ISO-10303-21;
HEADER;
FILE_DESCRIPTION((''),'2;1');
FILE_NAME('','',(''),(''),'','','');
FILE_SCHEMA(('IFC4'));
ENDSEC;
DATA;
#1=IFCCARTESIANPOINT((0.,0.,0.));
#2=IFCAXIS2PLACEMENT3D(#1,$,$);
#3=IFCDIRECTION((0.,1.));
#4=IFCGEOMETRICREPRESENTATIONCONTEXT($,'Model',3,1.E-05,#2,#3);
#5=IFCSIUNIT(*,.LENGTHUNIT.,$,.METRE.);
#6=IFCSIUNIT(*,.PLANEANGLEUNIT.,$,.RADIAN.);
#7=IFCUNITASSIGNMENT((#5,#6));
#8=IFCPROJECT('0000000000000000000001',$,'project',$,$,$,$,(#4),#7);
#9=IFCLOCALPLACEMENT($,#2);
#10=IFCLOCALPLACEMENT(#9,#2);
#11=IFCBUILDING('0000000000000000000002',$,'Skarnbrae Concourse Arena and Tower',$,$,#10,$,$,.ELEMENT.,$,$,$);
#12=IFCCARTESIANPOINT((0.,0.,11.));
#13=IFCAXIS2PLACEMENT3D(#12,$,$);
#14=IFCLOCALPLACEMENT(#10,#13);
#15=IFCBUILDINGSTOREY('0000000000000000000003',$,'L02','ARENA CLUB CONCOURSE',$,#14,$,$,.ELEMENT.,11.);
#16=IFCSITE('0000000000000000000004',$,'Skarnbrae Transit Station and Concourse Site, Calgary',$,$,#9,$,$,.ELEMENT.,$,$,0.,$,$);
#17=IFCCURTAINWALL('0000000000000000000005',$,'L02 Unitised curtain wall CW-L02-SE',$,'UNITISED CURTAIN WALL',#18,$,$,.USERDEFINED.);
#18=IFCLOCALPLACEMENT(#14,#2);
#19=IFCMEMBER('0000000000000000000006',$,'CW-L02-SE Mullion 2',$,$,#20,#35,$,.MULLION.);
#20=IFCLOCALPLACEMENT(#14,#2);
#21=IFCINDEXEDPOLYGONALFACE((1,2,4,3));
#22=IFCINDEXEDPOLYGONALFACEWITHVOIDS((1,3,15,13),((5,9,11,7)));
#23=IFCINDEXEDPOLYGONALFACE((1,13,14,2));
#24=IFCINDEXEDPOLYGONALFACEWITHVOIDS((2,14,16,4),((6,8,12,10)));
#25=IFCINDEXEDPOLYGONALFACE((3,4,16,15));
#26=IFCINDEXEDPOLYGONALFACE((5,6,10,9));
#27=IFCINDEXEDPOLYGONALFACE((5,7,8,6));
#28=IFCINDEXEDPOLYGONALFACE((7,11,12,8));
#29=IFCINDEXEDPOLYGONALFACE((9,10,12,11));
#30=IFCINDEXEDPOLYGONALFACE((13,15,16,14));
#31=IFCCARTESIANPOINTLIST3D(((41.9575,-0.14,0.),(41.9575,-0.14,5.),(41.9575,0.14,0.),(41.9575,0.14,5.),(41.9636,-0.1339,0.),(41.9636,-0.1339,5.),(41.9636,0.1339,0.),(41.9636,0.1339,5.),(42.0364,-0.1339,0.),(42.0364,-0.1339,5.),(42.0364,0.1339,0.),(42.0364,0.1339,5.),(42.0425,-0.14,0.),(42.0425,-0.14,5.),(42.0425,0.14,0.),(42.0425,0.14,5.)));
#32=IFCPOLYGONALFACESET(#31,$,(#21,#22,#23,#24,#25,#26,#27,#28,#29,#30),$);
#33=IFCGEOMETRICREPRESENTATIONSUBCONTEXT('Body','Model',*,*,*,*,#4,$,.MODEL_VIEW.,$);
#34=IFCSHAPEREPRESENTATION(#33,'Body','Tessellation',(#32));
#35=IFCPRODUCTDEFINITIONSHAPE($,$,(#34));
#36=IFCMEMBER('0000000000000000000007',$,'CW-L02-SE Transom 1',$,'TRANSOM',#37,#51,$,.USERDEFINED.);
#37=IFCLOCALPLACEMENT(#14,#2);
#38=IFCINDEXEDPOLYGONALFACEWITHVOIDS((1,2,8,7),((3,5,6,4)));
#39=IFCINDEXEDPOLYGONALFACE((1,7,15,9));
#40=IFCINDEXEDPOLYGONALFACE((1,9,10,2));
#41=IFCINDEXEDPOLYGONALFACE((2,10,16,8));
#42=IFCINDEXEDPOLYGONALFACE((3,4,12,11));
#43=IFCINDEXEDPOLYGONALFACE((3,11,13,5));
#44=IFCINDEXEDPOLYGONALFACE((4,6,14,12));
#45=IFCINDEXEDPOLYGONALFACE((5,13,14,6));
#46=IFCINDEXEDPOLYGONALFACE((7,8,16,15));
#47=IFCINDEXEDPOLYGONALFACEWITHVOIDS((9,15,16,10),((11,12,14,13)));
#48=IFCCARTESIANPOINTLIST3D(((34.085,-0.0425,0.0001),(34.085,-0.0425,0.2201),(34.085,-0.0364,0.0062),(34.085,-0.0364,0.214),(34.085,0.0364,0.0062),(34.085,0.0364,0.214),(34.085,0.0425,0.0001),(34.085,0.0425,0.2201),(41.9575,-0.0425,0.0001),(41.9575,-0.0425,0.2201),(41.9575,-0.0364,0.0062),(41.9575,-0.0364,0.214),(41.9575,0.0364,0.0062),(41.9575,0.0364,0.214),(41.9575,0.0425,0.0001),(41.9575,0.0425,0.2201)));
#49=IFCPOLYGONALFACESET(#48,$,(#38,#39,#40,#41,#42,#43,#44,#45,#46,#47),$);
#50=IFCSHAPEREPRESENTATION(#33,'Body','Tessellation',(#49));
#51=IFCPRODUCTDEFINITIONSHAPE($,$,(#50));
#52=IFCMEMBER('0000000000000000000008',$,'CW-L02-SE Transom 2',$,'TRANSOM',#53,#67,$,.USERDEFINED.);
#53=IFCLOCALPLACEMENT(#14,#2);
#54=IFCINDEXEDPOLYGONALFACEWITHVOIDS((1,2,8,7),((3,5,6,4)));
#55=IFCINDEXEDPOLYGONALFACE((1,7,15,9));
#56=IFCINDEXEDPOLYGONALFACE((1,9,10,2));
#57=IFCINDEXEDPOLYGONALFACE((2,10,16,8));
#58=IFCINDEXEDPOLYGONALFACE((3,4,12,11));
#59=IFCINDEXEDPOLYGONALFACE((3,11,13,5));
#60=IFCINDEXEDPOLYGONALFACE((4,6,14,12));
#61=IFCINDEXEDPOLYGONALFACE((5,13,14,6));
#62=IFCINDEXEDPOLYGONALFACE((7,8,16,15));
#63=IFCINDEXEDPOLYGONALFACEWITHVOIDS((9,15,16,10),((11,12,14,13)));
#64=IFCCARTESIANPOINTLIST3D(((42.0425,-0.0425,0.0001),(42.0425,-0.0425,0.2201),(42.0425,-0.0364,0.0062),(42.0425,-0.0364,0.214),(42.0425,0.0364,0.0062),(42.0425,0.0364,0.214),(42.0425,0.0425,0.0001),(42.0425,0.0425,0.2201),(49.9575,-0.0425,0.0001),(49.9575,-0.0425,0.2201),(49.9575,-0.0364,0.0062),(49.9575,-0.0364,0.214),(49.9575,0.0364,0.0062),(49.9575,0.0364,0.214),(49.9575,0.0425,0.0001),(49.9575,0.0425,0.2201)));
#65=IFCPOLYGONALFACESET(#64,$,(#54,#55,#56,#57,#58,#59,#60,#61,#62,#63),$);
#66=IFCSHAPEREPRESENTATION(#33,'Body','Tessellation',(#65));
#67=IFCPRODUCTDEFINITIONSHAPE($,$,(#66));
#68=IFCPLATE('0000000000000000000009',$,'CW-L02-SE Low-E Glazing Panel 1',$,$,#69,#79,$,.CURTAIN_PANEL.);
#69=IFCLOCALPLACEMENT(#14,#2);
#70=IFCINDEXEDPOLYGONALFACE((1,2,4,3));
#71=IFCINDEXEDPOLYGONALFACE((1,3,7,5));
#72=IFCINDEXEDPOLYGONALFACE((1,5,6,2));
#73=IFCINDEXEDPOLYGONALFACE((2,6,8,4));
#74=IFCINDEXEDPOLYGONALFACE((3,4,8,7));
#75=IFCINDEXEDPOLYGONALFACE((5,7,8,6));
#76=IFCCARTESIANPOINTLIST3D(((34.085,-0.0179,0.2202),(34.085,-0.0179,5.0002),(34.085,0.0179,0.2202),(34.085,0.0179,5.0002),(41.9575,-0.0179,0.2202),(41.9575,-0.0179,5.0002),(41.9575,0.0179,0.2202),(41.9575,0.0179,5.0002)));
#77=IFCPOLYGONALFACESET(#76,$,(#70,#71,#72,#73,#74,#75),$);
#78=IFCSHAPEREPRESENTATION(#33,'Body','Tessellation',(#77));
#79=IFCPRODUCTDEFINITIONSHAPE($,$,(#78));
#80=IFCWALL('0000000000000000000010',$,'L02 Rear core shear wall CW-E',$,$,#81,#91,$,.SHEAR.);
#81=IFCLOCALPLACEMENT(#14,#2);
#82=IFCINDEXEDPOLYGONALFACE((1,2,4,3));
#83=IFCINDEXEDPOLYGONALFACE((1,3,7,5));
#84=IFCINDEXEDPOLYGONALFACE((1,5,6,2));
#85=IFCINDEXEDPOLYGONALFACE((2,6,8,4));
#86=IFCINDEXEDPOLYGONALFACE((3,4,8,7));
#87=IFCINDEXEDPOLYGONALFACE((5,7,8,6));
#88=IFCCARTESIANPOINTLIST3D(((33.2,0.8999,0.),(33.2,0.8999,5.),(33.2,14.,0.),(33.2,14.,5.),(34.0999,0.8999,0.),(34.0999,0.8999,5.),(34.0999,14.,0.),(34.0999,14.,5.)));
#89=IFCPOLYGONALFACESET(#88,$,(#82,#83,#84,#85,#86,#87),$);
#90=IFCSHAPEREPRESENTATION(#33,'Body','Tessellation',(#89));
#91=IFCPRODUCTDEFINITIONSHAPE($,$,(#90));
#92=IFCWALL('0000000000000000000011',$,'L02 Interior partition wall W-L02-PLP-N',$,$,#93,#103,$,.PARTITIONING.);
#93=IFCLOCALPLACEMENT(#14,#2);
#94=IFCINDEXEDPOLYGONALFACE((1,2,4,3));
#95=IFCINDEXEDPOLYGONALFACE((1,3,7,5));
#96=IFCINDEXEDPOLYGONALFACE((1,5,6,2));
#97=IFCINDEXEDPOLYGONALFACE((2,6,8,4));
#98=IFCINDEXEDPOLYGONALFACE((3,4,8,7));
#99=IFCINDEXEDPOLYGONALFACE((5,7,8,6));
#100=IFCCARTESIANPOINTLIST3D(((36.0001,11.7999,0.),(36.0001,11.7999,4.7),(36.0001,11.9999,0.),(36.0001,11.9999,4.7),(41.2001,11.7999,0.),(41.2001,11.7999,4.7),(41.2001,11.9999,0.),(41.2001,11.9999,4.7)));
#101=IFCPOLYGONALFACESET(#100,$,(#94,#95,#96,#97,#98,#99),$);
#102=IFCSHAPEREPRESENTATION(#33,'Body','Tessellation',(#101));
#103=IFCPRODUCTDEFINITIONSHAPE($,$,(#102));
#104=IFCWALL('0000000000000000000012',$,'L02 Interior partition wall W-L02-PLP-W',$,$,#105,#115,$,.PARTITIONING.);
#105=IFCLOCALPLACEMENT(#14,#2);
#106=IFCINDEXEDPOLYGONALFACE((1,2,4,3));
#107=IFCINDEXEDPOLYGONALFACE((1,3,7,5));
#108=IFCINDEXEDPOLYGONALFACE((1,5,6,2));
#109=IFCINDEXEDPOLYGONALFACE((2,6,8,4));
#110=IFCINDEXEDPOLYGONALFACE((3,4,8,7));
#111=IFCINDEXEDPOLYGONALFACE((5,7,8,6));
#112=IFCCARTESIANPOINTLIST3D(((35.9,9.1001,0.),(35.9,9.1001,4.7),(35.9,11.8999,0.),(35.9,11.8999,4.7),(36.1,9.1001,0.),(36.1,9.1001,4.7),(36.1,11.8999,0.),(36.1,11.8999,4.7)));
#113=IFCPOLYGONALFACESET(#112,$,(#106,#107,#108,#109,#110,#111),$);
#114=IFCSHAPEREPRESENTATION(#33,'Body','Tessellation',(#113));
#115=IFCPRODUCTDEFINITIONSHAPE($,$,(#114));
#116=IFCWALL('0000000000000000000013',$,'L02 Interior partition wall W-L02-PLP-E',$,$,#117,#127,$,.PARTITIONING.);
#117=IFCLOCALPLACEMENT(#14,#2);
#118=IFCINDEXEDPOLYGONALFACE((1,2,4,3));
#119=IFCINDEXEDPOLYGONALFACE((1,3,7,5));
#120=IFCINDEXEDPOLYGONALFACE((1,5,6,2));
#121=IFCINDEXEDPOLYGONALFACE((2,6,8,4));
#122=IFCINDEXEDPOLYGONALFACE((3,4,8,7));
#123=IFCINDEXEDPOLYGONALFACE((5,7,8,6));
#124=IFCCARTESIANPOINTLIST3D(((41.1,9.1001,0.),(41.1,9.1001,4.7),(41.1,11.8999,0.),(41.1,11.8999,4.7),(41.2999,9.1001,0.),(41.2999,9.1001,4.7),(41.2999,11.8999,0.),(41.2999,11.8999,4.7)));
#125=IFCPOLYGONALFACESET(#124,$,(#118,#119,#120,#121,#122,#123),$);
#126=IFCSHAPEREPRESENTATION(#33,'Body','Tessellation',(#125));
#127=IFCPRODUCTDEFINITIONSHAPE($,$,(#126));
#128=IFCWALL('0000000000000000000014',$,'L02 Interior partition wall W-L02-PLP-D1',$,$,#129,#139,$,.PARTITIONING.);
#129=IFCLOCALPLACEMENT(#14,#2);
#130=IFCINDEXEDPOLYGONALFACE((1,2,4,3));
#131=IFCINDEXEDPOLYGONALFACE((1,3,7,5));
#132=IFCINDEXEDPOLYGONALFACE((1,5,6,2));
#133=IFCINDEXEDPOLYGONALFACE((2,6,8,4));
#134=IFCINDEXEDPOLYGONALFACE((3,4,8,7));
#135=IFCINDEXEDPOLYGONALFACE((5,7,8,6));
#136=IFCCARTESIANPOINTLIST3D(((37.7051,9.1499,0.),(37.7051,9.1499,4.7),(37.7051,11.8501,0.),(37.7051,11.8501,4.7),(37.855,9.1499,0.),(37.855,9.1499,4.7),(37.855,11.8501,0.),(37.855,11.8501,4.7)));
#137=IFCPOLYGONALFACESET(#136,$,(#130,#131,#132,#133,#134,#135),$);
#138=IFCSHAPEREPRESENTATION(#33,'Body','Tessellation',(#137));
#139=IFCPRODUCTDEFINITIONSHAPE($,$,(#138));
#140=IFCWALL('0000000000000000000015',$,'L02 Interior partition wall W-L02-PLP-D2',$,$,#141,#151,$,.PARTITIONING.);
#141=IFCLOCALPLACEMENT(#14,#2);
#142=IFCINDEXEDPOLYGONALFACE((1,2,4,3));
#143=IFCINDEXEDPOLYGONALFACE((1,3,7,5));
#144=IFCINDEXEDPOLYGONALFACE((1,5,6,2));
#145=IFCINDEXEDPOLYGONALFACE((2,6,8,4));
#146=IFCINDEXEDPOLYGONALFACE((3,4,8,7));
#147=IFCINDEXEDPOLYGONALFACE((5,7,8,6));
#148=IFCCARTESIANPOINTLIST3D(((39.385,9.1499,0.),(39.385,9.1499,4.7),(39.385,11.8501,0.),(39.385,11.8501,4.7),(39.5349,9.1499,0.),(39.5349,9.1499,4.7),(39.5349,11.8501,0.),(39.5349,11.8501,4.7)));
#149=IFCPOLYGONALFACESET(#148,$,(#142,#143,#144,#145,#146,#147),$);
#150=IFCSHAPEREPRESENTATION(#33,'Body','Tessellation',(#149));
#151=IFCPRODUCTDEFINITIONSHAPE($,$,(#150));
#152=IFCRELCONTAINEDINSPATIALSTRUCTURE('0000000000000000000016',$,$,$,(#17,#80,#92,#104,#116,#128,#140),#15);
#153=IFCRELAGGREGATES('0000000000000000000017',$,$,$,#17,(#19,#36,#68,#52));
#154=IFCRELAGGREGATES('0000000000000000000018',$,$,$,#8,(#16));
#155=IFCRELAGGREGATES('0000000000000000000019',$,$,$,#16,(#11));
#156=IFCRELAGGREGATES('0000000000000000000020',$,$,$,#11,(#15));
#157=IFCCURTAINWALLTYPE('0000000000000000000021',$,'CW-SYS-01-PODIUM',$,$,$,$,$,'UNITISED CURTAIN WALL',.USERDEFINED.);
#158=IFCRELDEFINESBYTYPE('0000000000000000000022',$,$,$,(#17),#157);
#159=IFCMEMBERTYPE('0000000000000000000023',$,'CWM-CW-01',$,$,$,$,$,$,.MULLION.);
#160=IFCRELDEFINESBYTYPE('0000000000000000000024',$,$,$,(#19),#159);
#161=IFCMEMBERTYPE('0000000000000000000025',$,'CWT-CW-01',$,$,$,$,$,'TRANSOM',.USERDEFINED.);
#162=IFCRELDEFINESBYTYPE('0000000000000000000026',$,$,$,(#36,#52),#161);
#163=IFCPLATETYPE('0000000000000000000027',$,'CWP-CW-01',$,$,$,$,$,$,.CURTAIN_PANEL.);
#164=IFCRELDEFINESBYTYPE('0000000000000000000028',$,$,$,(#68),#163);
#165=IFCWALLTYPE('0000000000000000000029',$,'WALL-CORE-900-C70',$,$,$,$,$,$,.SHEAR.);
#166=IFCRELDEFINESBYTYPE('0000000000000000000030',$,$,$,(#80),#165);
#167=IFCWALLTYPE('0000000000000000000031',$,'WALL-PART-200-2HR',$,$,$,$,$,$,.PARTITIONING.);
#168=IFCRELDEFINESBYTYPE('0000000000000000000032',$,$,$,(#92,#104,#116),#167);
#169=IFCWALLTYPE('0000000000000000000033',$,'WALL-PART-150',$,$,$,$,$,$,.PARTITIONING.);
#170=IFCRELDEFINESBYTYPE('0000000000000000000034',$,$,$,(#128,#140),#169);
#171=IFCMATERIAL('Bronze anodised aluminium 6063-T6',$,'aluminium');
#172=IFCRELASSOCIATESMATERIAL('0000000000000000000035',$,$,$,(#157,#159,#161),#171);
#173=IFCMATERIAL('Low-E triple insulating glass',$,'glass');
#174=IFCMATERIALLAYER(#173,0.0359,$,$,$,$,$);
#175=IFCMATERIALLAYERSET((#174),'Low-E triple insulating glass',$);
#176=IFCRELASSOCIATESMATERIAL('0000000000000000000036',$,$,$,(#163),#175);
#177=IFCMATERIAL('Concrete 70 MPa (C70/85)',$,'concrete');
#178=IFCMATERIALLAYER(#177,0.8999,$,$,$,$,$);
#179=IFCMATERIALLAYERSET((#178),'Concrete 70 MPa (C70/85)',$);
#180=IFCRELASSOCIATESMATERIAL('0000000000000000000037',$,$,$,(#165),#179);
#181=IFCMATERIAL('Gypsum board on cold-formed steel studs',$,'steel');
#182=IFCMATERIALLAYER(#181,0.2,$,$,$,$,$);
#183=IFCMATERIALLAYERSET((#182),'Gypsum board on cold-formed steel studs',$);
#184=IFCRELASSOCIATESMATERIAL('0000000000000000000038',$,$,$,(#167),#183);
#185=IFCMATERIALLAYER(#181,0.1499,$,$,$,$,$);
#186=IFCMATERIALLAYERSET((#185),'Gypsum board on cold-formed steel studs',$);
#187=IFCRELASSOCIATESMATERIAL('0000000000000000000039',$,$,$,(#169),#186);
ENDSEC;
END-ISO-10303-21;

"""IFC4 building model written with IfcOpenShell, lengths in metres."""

from ifc_helpers import new_model, si_unit, direction, frame, frame_2d, origin, origin_2d, place, context, subcontext, project, spatial, rectangle, hollow_rectangle, extrude, source, transform, mapped, material, layer, layer_set, material_profile, profile_set, type_object, element, aggregate, save


model = new_model("IFC4")

# Units and contexts
model_context = context("Model", 3, precision=1e-05, world=origin(), true_north=direction((0.0, 1.0)))
body_context = subcontext(model_context, "Body", "Model", "MODEL_VIEW")
ifc_project = project(units=[si_unit("LENGTHUNIT", "METRE"), si_unit("PLANEANGLEUNIT", "RADIAN")], contexts=[model_context])

# Site, building, storey
site_placement = place(None, origin())
site = spatial("IfcSite", under=ifc_project, at=site_placement, Name="Skarnbrae Transit Station and Concourse Site, Calgary", CompositionType="ELEMENT", RefElevation=0.0)
building_placement = place(site_placement, origin())
building = spatial("IfcBuilding", under=site, at=building_placement, Name="Skarnbrae Concourse Arena and Tower", CompositionType="ELEMENT")
storey_placement = place(building_placement, frame((0.0, 0.0, 11.0)))
storey = spatial("IfcBuildingStorey", under=building, at=storey_placement, Name="L02", Description="ARENA CLUB CONCOURSE", CompositionType="ELEMENT", Elevation=11.0)

# Curtain wall, members, plate
ifc_material_1 = material(Name="Bronze anodised aluminium 6063-T6", Category="aluminium")
curtain_wall_type = type_object("IfcCurtainWallType", Name="CW-SYS-01-PODIUM", ElementType="UNITISED CURTAIN WALL", PredefinedType="USERDEFINED", material=ifc_material_1)
curtain_wall_placement = place(storey_placement, origin())
curtain_wall = element("IfcCurtainWall", 1, at=curtain_wall_placement, inside=storey, type_object=curtain_wall_type, Name="L02 Unitised curtain wall CW-L02-SE", ObjectType="UNITISED CURTAIN WALL", PredefinedType="USERDEFINED")
ifc_material_profile_1 = material_profile(ifc_material_1, hollow_rectangle(XDim=0.085, YDim=0.28, WallThickness=0.0061, at=origin_2d()), Name="ALU-MULL-85X280")
ifc_profile_set_1 = profile_set([ifc_material_profile_1], Name="Bronze anodised aluminium 6063-T6")
member_type_1 = type_object("IfcMemberType", Name="CWM-CW-01", PredefinedType="MULLION", material=ifc_profile_set_1)
shared_shape_1 = source(origin(), body_context, "Body", "SweptSolid", [
    extrude(hollow_rectangle(XDim=0.085, YDim=0.28, WallThickness=0.0061, at=origin_2d()), origin(), (0.0, 0.0, 1.0), 5.0),
])
member_1_placement = place(storey_placement, frame((42.0, 0.0, 0.0), z_axis=(0.0, 0.0, 1.0), x_axis=(1.0, 0.0, 0.0)))
member_1 = element("IfcMember", 2, at=member_1_placement, type_object=member_type_1, Name="CW-L02-SE Mullion 2", PredefinedType="MULLION", context=body_context, shape_type="MappedRepresentation", body=[
    mapped(shared_shape_1, transform((0.0, 0.0, 0.0))),
])
ifc_material_profile_2 = material_profile(ifc_material_1, hollow_rectangle(XDim=0.085, YDim=0.22, WallThickness=0.0061, at=origin_2d()), Name="ALU-TRAN-85X220")
ifc_profile_set_2 = profile_set([ifc_material_profile_2], Name="Bronze anodised aluminium 6063-T6")
member_type_2 = type_object("IfcMemberType", Name="CWT-CW-01", ElementType="TRANSOM", PredefinedType="USERDEFINED", material=ifc_profile_set_2)
shared_shape_2 = source(origin(), body_context, "Body", "SweptSolid", [
    extrude(hollow_rectangle(XDim=0.085, YDim=0.22, WallThickness=0.0061, at=origin_2d()), origin(), (0.0, 0.0, 1.0), 7.8726),
])
member_2_placement = place(storey_placement, frame((34.085, 0.0, 0.1101), z_axis=(1.0, 0.0, 0.0), x_axis=(0.0, 1.0, 0.0)))
member_2 = element("IfcMember", 3, at=member_2_placement, type_object=member_type_2, Name="CW-L02-SE Transom 1", ObjectType="TRANSOM", PredefinedType="USERDEFINED", context=body_context, shape_type="MappedRepresentation", body=[
    mapped(shared_shape_2, transform((0.0, 0.0, 0.0))),
])
shared_shape_3 = source(origin(), body_context, "Body", "SweptSolid", [
    extrude(hollow_rectangle(XDim=0.085, YDim=0.22, WallThickness=0.0061, at=origin_2d()), origin(), (0.0, 0.0, 1.0), 7.915),
])
member_3_placement = place(storey_placement, frame((42.0425, 0.0, 0.1101), z_axis=(1.0, 0.0, 0.0), x_axis=(0.0, 1.0, 0.0)))
member_3 = element("IfcMember", 4, at=member_3_placement, type_object=member_type_2, Name="CW-L02-SE Transom 2", ObjectType="TRANSOM", PredefinedType="USERDEFINED", context=body_context, shape_type="MappedRepresentation", body=[
    mapped(shared_shape_3, transform((0.0, 0.0, 0.0))),
])
ifc_material_2 = material(Name="Low-E triple insulating glass", Category="glass")
ifc_layer_1 = layer(ifc_material_2, 0.0359)
ifc_layer_set_1 = layer_set([ifc_layer_1], Name="Low-E triple insulating glass")
plate_type = type_object("IfcPlateType", Name="CWP-CW-01", PredefinedType="CURTAIN_PANEL", material=ifc_layer_set_1)
shared_shape_4 = source(origin(), body_context, "Body", "SweptSolid", [
    extrude(rectangle(XDim=7.8726, YDim=0.0359, at=origin_2d()), origin(), (0.0, 0.0, 1.0), 4.78),
])
plate_placement = place(storey_placement, frame((38.0212, 0.0, 0.2202), z_axis=(0.0, 0.0, 1.0), x_axis=(1.0, 0.0, 0.0)))
plate = element("IfcPlate", 5, at=plate_placement, type_object=plate_type, Name="CW-L02-SE Low-E Glazing Panel 1", PredefinedType="CURTAIN_PANEL", context=body_context, shape_type="MappedRepresentation", body=[
    mapped(shared_shape_4, transform((0.0, 0.0, 0.0))),
])
aggregate(curtain_wall, [member_1, member_2, plate, member_3])

# Wall
ifc_material_3 = material(Name="Concrete 70 MPa (C70/85)", Category="concrete")
ifc_layer_2 = layer(ifc_material_3, 0.8999)
ifc_layer_set_2 = layer_set([ifc_layer_2], Name="Concrete 70 MPa (C70/85)")
wall_type_1 = type_object("IfcWallType", Name="WALL-CORE-900-C70", PredefinedType="SHEAR", material=ifc_layer_set_2)
shared_shape_5 = source(origin(), body_context, "Body", "SweptSolid", [
    extrude(rectangle(XDim=13.1001, YDim=0.8999, at=frame_2d((6.55, 0.0))), origin(), (0.0, 0.0, 1.0), 5.0),
])
wall_1_placement = place(storey_placement, frame((33.6499, 0.8999, 0.0), z_axis=(0.0, 0.0, 1.0), x_axis=(0.0, 1.0, 0.0)))
element("IfcWall", 6, at=wall_1_placement, inside=storey, type_object=wall_type_1, Name="L02 Rear core shear wall CW-E", PredefinedType="SHEAR", context=body_context, shape_type="MappedRepresentation", body=[
    mapped(shared_shape_5, transform((0.0, 0.0, 0.0))),
])

# Shared definitions
ifc_material_4 = material(Name="Gypsum board on cold-formed steel studs", Category="steel")
ifc_layer_3 = layer(ifc_material_4, 0.2)
ifc_layer_set_3 = layer_set([ifc_layer_3], Name="Gypsum board on cold-formed steel studs")
wall_type_2 = type_object("IfcWallType", Name="WALL-PART-200-2HR", PredefinedType="PARTITIONING", material=ifc_layer_set_3)
shared_shape_6 = source(origin(), body_context, "Body", "SweptSolid", [
    extrude(rectangle(XDim=5.2, YDim=0.2, at=frame_2d((2.6001, 0.0))), origin(), (0.0, 0.0, 1.0), 4.7),
])

# Walls
wall_2_placement = place(storey_placement, frame((36.0, 11.8999, 0.0), z_axis=(0.0, 0.0, 1.0), x_axis=(1.0, 0.0, 0.0)))
element("IfcWall", 7, at=wall_2_placement, inside=storey, type_object=wall_type_2, Name="L02 Interior partition wall W-L02-PLP-N", PredefinedType="PARTITIONING", context=body_context, shape_type="MappedRepresentation", body=[
    mapped(shared_shape_6, transform((0.0, 0.0, 0.0))),
])
shared_shape_7 = source(origin(), body_context, "Body", "SweptSolid", [
    extrude(rectangle(XDim=2.7998, YDim=0.2, at=frame_2d((1.3999, 0.0))), origin(), (0.0, 0.0, 1.0), 4.7),
])
for number, where, z_axis, x_axis, name in (
    (8, (36.0, 9.1001, 0.0), (0.0, 0.0, 1.0), (0.0, 1.0, 0.0), "L02 Interior partition wall W-L02-PLP-W"),
    (9, (41.2, 9.1001, 0.0), (0.0, 0.0, 1.0), (0.0, 1.0, 0.0), "L02 Interior partition wall W-L02-PLP-E"),
):
    element("IfcWall", number, at=place(storey_placement, frame(where, z_axis=z_axis, x_axis=x_axis)), inside=storey, type_object=wall_type_2, Name=name, PredefinedType="PARTITIONING", context=body_context, shape_type="MappedRepresentation", body=[
        mapped(shared_shape_7, transform((0.0, 0.0, 0.0))),
    ])
ifc_layer_4 = layer(ifc_material_4, 0.1499)
ifc_layer_set_4 = layer_set([ifc_layer_4], Name="Gypsum board on cold-formed steel studs")
wall_type_3 = type_object("IfcWallType", Name="WALL-PART-150", PredefinedType="PARTITIONING", material=ifc_layer_set_4)
shared_shape_8 = source(origin(), body_context, "Body", "SweptSolid", [
    extrude(rectangle(XDim=2.7002, YDim=0.1499, at=frame_2d((1.3501, 0.0))), origin(), (0.0, 0.0, 1.0), 4.7),
])
for number, where, z_axis, x_axis, name in (
    (10, (37.78, 9.1499, 0.0), (0.0, 0.0, 1.0), (0.0, 1.0, 0.0), "L02 Interior partition wall W-L02-PLP-D1"),
    (11, (39.46, 9.1499, 0.0), (0.0, 0.0, 1.0), (0.0, 1.0, 0.0), "L02 Interior partition wall W-L02-PLP-D2"),
):
    element("IfcWall", number, at=place(storey_placement, frame(where, z_axis=z_axis, x_axis=x_axis)), inside=storey, type_object=wall_type_3, Name=name, PredefinedType="PARTITIONING", context=body_context, shape_type="MappedRepresentation", body=[
        mapped(shared_shape_8, transform((0.0, 0.0, 0.0))),
    ])

save(model, "model.ifc")
